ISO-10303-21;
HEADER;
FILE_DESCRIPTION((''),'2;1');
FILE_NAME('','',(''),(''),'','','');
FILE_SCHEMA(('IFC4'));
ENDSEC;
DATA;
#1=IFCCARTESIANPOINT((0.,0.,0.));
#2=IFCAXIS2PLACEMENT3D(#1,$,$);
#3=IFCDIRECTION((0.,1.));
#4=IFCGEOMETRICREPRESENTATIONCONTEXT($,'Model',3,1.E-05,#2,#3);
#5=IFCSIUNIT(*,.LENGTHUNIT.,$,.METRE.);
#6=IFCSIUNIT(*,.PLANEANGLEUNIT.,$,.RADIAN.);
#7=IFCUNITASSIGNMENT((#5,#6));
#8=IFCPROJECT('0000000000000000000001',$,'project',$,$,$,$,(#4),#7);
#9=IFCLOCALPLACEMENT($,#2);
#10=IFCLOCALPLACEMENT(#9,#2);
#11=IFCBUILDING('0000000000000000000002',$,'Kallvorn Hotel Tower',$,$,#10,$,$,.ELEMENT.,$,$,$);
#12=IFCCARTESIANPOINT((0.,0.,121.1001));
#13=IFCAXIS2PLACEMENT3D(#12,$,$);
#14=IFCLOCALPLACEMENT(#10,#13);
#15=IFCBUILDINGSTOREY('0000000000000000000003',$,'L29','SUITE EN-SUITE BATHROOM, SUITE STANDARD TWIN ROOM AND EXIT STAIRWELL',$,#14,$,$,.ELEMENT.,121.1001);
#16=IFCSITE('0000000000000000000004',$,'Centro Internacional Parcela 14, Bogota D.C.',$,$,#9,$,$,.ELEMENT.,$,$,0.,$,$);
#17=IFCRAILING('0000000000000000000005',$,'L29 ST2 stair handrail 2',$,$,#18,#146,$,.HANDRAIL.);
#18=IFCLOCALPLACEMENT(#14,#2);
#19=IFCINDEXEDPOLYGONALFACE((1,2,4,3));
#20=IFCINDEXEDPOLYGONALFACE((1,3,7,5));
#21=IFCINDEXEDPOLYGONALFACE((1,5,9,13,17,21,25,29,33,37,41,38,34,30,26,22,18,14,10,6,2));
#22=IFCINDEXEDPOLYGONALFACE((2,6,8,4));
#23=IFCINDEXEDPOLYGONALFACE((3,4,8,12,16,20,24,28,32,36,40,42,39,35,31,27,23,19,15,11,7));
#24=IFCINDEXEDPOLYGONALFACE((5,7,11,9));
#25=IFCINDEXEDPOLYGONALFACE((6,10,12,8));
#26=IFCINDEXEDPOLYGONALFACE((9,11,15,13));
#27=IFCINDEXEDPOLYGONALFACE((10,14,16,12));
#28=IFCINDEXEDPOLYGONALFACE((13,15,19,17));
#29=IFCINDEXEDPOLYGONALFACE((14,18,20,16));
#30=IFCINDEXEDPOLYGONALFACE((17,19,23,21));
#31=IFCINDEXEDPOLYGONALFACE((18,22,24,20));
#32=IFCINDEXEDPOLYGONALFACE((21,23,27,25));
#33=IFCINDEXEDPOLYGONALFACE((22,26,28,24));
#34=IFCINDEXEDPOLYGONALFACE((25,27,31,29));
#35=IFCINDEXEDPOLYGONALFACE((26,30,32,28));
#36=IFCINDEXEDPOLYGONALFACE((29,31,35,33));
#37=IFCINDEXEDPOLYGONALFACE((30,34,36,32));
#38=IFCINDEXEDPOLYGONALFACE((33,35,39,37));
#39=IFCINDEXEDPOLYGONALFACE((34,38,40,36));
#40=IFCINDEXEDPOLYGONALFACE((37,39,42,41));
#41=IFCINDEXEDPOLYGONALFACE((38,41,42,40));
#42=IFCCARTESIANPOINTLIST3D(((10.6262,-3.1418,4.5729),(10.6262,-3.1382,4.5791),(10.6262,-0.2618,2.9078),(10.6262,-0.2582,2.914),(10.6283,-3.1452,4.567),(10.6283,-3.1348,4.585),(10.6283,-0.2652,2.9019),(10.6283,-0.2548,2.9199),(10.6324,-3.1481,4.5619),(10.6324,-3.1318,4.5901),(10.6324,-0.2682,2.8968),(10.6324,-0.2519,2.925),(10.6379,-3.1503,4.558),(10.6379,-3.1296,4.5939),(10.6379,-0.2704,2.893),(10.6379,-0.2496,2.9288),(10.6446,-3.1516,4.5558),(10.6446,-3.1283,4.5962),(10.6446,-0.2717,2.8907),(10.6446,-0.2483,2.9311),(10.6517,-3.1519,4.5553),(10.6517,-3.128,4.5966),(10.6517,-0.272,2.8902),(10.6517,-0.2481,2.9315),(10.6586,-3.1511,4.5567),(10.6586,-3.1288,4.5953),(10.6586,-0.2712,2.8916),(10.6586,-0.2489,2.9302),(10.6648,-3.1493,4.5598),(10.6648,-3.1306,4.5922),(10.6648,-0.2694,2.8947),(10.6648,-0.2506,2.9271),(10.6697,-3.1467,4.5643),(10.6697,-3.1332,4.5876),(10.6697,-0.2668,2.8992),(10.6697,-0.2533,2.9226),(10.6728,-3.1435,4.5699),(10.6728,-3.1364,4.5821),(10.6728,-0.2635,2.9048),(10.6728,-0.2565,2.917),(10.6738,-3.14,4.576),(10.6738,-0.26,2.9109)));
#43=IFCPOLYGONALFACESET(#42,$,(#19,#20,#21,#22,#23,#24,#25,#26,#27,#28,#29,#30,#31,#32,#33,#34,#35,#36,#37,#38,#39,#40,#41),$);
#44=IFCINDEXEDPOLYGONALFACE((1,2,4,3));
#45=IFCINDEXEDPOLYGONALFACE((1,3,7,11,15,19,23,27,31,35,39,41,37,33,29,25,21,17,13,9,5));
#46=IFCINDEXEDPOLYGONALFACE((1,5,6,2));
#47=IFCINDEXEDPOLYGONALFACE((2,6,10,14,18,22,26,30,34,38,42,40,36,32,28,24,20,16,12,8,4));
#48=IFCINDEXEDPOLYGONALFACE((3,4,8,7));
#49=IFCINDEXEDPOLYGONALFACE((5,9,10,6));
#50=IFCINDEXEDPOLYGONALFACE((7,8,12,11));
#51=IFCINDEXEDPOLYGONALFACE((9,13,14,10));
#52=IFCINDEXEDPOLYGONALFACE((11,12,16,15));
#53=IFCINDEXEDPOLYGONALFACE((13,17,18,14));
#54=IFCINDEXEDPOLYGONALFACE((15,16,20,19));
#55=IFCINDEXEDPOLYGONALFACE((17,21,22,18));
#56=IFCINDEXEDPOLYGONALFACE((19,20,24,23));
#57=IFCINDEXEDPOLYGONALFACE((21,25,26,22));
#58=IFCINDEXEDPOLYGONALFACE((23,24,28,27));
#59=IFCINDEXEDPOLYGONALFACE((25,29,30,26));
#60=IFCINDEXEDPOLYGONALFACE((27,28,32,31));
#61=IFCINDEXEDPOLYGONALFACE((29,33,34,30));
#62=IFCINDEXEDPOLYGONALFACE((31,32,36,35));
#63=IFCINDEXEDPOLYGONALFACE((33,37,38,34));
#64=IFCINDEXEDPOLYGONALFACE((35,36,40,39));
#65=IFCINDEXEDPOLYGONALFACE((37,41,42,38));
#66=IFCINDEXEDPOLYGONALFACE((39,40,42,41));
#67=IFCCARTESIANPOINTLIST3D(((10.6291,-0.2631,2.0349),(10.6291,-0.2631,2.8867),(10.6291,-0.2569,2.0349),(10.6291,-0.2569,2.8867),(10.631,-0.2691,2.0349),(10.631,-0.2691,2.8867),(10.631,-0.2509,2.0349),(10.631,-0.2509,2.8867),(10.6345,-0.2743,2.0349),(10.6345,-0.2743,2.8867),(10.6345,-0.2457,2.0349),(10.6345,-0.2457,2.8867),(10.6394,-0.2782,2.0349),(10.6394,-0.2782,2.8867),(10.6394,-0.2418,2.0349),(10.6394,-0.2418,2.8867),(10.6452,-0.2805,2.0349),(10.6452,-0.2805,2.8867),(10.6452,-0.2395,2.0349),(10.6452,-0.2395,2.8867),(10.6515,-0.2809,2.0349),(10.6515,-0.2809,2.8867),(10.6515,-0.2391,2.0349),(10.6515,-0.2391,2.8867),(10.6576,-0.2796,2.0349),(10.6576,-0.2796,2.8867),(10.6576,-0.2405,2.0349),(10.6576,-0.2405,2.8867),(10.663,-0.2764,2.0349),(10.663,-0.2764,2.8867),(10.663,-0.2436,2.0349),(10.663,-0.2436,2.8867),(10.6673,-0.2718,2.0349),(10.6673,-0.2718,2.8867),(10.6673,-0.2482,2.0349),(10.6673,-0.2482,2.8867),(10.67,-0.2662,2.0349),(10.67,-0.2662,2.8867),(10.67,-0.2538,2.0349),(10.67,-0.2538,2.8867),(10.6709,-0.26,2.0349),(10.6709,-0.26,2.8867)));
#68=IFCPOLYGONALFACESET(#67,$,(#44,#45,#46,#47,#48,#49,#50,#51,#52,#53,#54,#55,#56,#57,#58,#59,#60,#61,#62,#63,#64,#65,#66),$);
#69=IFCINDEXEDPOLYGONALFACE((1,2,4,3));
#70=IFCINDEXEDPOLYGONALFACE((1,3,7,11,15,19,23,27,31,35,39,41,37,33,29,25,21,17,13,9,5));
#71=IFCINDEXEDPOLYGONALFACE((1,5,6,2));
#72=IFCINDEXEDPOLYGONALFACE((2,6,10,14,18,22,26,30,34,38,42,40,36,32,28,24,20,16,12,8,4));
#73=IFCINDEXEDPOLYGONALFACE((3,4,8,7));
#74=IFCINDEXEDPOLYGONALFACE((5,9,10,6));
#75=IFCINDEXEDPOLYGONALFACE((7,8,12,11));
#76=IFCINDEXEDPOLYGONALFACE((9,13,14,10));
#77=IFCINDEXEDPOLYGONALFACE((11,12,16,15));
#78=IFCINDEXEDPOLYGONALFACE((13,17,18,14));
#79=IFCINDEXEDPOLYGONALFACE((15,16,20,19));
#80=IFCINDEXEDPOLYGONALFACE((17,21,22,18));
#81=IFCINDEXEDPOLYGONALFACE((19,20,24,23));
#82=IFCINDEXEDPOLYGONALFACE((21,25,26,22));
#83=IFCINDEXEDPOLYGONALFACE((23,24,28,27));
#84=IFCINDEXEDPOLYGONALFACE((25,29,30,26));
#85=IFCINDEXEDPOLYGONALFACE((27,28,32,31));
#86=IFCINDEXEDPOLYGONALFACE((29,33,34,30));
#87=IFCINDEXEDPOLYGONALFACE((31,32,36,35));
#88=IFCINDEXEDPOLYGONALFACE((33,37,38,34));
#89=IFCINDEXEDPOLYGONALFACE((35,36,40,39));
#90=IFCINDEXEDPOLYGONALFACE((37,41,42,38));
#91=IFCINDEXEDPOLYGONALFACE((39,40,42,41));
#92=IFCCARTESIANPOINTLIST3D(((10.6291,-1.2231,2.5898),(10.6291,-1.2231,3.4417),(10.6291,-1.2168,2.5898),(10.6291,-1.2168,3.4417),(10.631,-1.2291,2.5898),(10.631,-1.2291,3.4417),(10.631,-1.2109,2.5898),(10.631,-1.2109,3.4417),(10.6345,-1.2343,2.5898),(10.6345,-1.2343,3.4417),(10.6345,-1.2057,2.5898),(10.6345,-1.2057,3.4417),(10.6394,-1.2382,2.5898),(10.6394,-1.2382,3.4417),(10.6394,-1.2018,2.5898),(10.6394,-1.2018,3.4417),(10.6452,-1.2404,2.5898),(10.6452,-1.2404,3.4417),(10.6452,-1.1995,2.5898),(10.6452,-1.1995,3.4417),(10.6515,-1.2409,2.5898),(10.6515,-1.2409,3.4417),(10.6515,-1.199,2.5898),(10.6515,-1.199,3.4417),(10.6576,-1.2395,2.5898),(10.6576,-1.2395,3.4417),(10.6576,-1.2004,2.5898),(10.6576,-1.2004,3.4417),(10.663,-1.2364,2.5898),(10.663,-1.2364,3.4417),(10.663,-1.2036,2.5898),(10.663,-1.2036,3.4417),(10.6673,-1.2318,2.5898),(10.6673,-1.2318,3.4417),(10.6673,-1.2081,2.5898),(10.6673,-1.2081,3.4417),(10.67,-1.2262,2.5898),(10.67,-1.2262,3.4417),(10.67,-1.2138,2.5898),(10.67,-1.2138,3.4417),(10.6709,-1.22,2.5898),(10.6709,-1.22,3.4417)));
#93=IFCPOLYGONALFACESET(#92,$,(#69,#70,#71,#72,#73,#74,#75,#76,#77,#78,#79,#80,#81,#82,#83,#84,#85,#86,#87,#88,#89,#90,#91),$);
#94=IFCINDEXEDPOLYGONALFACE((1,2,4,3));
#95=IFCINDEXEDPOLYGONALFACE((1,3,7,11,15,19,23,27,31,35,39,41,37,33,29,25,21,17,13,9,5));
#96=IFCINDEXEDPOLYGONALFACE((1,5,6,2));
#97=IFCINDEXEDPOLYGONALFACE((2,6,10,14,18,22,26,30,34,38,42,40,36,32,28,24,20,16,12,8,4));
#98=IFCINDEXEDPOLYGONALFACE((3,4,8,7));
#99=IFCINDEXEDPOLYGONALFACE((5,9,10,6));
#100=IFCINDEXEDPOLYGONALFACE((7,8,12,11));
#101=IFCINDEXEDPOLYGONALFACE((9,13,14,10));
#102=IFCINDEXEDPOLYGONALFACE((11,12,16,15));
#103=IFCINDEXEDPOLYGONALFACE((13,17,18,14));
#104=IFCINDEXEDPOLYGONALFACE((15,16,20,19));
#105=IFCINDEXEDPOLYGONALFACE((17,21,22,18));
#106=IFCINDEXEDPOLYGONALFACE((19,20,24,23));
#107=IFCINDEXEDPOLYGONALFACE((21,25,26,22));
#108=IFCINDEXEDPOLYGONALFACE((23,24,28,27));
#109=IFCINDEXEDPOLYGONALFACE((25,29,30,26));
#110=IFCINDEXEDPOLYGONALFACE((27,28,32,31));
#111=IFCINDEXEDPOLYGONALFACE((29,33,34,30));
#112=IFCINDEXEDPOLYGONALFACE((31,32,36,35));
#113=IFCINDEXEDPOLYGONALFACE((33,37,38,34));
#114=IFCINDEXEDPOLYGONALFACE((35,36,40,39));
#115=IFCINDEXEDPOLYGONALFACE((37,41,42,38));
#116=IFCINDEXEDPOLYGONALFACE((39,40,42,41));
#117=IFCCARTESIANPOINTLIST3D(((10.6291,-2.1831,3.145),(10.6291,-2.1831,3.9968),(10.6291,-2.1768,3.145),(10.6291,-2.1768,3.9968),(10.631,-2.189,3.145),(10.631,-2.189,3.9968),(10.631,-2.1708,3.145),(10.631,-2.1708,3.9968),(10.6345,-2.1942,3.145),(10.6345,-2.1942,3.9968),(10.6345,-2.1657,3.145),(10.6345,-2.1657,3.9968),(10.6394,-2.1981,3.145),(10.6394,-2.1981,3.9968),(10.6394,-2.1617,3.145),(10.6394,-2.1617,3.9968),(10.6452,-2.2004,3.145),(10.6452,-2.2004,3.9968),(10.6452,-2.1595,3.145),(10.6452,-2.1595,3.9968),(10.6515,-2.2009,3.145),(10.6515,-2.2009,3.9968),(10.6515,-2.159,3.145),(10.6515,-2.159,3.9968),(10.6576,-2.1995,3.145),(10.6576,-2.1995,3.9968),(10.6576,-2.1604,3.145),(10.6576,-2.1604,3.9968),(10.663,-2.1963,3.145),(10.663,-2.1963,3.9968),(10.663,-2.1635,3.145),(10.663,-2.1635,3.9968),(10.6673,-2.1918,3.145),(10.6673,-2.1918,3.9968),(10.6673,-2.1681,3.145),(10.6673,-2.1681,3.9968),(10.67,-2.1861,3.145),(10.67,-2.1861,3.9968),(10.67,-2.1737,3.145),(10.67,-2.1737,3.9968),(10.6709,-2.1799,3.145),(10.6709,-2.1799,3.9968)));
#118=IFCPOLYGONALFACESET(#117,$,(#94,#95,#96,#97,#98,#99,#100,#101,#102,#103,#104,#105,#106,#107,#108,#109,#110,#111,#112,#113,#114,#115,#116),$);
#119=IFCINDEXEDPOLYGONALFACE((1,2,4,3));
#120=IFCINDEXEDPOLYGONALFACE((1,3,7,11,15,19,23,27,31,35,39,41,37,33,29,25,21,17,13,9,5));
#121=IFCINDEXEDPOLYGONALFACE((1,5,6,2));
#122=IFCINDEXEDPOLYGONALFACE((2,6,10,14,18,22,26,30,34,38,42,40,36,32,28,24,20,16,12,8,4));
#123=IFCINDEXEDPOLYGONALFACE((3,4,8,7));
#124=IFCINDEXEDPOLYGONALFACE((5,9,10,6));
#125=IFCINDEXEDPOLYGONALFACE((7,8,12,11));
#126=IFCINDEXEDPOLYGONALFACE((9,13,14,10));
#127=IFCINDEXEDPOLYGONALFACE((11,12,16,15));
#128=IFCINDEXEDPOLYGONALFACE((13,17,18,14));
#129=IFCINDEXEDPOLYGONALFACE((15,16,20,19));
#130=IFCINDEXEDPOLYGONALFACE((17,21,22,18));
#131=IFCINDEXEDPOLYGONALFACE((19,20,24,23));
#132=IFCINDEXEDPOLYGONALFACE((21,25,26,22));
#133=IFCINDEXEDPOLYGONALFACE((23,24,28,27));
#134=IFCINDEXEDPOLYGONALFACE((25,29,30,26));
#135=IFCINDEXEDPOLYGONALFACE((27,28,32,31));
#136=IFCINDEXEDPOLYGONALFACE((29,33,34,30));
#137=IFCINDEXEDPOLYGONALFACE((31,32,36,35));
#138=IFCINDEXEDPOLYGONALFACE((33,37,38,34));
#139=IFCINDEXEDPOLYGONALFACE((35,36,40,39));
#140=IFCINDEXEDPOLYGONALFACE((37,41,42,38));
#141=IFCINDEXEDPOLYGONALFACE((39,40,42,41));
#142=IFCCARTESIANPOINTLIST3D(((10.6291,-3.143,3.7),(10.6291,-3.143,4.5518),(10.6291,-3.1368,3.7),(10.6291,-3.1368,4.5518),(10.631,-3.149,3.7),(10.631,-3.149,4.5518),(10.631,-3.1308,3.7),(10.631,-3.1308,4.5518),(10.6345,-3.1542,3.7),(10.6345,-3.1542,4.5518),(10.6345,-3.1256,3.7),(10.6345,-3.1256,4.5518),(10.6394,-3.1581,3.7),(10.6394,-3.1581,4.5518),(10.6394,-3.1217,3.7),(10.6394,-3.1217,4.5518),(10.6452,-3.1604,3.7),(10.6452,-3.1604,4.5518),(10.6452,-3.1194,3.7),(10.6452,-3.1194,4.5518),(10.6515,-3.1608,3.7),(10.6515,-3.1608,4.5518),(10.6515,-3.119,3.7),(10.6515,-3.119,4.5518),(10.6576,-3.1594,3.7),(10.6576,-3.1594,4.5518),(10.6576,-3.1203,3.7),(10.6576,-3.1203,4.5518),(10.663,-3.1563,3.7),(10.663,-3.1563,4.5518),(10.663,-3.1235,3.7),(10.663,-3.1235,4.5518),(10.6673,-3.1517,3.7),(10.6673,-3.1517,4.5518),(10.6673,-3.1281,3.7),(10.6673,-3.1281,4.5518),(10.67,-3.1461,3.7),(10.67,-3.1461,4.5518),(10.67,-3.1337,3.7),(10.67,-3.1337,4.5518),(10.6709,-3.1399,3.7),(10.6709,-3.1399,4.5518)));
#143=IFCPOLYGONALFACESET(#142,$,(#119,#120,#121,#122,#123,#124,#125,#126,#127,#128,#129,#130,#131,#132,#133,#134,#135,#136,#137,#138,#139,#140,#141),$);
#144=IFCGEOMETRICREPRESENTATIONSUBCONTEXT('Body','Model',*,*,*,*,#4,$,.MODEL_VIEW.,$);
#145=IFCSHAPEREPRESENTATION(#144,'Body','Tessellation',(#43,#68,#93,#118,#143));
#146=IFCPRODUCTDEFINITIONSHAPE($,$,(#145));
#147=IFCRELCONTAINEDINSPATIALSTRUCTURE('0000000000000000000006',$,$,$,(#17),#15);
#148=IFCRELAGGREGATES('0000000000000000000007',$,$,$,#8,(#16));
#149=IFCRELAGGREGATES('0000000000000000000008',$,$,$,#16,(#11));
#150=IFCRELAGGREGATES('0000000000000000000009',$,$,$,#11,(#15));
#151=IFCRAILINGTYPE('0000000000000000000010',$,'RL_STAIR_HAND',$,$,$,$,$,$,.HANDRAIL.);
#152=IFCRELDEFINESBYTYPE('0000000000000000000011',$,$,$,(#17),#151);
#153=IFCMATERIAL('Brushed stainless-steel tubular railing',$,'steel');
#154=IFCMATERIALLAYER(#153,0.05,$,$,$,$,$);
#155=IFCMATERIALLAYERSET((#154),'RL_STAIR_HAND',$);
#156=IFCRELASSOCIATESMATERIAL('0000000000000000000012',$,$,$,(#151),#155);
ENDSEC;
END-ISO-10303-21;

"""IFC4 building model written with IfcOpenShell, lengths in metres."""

from ifc_helpers import new_model, si_unit, direction, frame, origin, origin_2d, place, context, subcontext, project, spatial, circle, extrude, material, layer, layer_set, type_object, element, save


model = new_model("IFC4")

# Units and contexts
model_context = context("Model", 3, precision=1e-05, world=origin(), true_north=direction((0.0, 1.0)))
body_context = subcontext(model_context, "Body", "Model", "MODEL_VIEW")
ifc_project = project(units=[si_unit("LENGTHUNIT", "METRE"), si_unit("PLANEANGLEUNIT", "RADIAN")], contexts=[model_context])

# Site, building, storey
site_placement = place(None, origin())
site = spatial("IfcSite", under=ifc_project, at=site_placement, Name="Centro Internacional Parcela 14, Bogota D.C.", CompositionType="ELEMENT", RefElevation=0.0)
building_placement = place(site_placement, origin())
building = spatial("IfcBuilding", under=site, at=building_placement, Name="Kallvorn Hotel Tower", CompositionType="ELEMENT")
storey_placement = place(building_placement, frame((0.0, 0.0, 121.1001)))
storey = spatial("IfcBuildingStorey", under=building, at=storey_placement, Name="L29", Description="SUITE EN-SUITE BATHROOM, SUITE STANDARD TWIN ROOM AND EXIT STAIRWELL", CompositionType="ELEMENT", Elevation=121.1001)

# Railing
ifc_material_1 = material(Name="Brushed stainless-steel tubular railing", Category="steel")
ifc_layer_1 = layer(ifc_material_1, 0.05)
ifc_layer_set_1 = layer_set([ifc_layer_1], Name="RL_STAIR_HAND")
railing_type_1 = type_object("IfcRailingType", Name="RL_STAIR_HAND", PredefinedType="HANDRAIL", material=ifc_layer_set_1)
railing_1_placement = place(storey_placement, frame((10.6499, -0.26, 2.0349)))
element("IfcRailing", 1, at=railing_1_placement, inside=storey, type_object=railing_type_1, Name="L29 ST2 stair handrail 2", PredefinedType="HANDRAIL", context=body_context, shape_type="SweptSolid", body=[
    extrude(circle(Radius=0.0239, at=origin_2d()), frame((0.0, 0.0, 0.876), z_axis=(0.0, -0.865721, 0.500527), x_axis=(1.0, 0.0, 0.0)), (0.0, 0.0, 1.0), 3.3267),
    extrude(circle(Radius=0.021, at=origin_2d()), origin(), (0.0, 0.0, 1.0), 0.8518),
    extrude(circle(Radius=0.021, at=origin_2d()), frame((0.0, -0.96, 0.5549)), (0.0, 0.0, 1.0), 0.8518),
    extrude(circle(Radius=0.021, at=origin_2d()), frame((0.0, -1.9199, 1.1101)), (0.0, 0.0, 1.0), 0.8518),
    extrude(circle(Radius=0.021, at=origin_2d()), frame((0.0, -2.8799, 1.665)), (0.0, 0.0, 1.0), 0.8518),
])

save(model, "model.ifc")
